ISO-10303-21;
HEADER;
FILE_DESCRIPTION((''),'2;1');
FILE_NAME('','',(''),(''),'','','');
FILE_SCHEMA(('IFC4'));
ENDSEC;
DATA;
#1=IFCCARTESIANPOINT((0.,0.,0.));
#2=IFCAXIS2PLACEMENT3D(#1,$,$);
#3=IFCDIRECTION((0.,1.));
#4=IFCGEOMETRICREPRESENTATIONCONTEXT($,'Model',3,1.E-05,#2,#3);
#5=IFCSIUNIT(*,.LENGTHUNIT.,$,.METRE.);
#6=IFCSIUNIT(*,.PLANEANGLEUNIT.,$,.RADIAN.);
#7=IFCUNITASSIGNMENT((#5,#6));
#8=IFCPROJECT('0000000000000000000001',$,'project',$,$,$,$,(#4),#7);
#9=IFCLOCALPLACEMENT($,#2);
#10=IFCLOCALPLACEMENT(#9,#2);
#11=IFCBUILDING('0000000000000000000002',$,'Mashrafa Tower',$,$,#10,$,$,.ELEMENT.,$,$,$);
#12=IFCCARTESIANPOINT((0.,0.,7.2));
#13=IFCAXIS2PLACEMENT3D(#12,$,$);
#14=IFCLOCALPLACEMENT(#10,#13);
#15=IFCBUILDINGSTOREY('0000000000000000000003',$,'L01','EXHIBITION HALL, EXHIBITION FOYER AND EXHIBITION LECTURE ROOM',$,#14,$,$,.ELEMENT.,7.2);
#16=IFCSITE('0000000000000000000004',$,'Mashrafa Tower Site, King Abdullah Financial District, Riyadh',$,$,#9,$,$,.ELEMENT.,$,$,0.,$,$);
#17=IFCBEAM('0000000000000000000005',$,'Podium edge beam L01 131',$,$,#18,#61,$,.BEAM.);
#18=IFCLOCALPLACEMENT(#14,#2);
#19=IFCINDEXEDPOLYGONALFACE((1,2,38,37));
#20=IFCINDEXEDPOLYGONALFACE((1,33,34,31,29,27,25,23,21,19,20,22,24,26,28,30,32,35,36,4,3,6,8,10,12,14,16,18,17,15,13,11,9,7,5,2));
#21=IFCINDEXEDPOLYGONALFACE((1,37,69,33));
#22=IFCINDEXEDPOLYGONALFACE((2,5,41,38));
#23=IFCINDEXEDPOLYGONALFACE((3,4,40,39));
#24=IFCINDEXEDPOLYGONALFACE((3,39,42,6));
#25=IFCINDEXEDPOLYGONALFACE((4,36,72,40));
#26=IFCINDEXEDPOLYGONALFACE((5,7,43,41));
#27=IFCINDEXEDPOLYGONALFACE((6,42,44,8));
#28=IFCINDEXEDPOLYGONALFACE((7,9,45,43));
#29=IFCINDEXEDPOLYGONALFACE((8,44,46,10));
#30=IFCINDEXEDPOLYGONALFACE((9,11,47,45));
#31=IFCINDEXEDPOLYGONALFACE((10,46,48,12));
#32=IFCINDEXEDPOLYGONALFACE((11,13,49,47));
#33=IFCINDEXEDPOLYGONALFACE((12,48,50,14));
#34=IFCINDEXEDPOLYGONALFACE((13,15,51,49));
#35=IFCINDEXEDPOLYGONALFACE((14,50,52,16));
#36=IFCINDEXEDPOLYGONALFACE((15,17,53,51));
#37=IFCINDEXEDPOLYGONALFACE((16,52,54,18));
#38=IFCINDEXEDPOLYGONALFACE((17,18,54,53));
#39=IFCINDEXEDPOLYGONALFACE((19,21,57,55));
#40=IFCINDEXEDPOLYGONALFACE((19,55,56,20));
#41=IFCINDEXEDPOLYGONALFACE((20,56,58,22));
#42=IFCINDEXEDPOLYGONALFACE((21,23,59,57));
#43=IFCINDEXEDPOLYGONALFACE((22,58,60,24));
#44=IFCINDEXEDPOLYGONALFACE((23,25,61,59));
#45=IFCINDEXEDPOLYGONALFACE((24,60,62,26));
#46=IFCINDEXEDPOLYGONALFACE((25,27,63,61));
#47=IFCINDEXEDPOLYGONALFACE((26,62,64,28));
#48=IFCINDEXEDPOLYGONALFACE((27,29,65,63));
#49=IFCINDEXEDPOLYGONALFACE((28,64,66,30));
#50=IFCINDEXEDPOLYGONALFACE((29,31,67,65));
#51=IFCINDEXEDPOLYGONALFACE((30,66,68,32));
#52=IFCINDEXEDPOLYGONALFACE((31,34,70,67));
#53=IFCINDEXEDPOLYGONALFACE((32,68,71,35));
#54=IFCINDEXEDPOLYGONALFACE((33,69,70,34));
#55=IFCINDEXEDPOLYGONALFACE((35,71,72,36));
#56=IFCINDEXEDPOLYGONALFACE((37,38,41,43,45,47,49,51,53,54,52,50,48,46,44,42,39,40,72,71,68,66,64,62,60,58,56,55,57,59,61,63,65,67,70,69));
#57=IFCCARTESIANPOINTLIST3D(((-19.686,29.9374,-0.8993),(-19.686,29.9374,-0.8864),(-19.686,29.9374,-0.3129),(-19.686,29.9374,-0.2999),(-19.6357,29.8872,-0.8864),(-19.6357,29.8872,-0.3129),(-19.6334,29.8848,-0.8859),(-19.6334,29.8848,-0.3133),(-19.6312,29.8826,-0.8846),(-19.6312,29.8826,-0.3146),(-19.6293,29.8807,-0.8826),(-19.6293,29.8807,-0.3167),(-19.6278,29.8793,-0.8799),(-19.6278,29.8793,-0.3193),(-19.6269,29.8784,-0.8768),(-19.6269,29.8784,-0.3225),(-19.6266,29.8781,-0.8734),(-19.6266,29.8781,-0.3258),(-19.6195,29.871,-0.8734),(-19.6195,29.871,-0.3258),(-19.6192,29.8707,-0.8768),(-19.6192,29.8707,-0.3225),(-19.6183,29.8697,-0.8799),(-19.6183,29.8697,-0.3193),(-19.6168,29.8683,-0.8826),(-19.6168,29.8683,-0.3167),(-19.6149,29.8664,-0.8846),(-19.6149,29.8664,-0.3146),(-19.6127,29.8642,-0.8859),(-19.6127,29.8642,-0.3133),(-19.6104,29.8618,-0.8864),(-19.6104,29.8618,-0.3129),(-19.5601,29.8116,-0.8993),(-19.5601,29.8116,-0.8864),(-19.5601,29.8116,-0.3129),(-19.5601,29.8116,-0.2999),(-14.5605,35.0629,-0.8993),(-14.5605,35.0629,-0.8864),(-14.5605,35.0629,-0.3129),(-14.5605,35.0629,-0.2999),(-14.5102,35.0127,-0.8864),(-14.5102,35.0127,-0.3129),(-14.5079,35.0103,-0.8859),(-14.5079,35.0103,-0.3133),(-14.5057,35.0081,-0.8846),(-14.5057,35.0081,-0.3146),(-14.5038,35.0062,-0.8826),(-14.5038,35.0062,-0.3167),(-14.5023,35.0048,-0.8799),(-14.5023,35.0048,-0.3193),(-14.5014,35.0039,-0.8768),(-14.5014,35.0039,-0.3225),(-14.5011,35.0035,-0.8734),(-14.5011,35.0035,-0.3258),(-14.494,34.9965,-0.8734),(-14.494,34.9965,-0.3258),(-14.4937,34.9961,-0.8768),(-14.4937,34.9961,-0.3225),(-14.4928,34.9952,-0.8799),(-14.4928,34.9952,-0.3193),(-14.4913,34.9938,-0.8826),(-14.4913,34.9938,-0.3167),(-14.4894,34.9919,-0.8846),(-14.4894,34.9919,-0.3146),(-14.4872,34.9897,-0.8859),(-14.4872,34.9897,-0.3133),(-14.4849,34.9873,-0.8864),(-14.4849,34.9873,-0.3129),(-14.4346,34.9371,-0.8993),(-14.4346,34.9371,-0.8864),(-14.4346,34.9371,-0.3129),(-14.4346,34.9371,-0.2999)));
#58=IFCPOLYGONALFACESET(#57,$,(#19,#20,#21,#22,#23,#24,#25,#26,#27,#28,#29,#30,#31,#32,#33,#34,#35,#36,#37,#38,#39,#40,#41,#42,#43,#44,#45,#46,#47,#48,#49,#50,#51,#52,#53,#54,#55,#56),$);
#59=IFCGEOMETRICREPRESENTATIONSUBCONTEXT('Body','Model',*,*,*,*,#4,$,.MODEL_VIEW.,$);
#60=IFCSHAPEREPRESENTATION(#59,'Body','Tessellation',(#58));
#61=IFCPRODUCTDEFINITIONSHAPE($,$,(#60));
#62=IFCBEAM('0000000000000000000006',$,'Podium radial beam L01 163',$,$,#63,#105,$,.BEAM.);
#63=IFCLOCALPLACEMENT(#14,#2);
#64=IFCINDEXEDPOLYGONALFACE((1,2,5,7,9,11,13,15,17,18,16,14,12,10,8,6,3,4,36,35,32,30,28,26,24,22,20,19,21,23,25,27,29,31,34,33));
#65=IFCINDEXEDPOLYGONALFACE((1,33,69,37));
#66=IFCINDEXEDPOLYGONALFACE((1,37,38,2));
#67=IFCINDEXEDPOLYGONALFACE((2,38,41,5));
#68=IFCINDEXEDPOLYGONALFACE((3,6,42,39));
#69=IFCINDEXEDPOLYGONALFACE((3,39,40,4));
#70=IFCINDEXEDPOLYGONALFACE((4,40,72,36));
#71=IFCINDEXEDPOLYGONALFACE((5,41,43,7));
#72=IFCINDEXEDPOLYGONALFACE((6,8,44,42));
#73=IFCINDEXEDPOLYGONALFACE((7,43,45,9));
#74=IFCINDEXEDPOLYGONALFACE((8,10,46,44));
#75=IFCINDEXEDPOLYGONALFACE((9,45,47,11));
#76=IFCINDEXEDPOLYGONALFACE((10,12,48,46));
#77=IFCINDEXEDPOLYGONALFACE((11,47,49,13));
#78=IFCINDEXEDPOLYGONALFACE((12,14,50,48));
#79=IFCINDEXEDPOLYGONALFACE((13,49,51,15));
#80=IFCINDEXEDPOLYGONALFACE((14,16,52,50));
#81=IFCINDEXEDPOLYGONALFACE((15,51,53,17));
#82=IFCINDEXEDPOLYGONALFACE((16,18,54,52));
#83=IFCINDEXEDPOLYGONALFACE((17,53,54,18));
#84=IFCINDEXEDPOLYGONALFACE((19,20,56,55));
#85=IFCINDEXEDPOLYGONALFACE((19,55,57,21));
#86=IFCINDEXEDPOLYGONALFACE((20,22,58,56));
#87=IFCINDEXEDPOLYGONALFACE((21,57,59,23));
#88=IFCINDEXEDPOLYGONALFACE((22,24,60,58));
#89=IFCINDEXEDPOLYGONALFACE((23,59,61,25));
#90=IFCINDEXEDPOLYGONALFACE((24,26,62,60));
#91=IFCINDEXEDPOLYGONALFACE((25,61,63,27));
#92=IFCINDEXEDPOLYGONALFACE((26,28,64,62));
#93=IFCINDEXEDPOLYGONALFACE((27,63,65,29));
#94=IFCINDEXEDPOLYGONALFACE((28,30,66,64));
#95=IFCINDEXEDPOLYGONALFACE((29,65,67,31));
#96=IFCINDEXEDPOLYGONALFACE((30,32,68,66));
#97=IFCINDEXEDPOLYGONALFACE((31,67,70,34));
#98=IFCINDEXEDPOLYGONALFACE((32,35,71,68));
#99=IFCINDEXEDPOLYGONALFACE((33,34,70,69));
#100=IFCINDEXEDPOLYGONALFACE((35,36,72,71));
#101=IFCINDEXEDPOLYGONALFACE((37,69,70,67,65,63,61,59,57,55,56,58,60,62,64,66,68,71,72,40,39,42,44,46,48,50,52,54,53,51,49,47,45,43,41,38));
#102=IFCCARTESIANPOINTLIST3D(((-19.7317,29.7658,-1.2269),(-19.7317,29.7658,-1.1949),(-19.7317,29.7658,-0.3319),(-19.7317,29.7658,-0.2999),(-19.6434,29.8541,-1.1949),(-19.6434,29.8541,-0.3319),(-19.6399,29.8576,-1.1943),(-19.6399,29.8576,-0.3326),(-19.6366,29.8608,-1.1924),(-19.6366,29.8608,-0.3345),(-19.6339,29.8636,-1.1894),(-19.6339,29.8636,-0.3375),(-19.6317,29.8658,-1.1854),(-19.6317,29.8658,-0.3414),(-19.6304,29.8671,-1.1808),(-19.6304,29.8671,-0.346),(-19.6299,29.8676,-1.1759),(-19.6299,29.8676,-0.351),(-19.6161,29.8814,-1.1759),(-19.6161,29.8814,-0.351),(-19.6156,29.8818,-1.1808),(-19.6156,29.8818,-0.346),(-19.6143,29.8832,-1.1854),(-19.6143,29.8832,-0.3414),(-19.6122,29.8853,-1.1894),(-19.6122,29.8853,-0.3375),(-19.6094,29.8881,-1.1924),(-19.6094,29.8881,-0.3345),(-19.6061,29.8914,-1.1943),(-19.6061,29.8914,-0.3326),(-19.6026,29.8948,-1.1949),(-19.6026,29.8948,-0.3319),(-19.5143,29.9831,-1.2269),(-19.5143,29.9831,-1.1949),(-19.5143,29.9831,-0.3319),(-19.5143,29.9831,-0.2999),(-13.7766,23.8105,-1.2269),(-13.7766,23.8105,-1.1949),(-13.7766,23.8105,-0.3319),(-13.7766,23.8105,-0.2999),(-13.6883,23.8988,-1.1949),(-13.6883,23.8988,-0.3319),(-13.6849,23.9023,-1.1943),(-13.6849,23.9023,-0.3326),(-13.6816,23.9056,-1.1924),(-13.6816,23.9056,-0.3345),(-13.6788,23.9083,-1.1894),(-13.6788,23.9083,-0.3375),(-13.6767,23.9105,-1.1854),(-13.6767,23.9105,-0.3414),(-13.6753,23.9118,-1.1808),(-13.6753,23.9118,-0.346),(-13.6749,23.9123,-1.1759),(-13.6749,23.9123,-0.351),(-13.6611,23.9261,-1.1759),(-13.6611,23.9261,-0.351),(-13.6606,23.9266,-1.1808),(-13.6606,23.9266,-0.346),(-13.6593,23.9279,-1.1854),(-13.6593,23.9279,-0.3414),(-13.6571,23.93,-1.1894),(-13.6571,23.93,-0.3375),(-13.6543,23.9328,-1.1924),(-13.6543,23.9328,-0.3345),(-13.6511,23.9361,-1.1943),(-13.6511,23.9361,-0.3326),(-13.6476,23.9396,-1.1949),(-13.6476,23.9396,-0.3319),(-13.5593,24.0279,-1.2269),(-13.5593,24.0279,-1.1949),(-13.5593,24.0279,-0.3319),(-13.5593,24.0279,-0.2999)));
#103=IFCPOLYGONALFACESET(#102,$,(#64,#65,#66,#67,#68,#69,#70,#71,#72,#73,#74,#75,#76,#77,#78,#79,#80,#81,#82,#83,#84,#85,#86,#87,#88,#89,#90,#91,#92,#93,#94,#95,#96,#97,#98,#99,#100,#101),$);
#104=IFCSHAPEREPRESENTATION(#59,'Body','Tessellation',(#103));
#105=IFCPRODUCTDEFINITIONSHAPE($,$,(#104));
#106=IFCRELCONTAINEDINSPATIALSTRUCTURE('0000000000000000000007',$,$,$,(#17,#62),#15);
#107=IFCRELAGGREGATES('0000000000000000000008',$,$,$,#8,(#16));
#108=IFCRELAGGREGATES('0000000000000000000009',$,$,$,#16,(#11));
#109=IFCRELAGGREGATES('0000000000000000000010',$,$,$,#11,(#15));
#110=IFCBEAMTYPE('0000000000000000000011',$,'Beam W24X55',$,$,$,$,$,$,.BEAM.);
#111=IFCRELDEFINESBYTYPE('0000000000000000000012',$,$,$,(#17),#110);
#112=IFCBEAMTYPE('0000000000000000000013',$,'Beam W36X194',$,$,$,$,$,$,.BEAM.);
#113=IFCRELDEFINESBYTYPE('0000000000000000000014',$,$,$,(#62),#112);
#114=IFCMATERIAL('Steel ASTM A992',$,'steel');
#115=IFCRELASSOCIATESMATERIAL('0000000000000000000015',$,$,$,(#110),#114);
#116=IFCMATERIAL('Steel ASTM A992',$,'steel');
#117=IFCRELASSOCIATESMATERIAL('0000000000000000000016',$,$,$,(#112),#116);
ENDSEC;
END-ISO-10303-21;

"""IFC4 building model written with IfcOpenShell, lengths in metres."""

from ifc_helpers import new_model, si_unit, direction, frame, origin, origin_2d, place, context, subcontext, project, spatial, i_section, extrude, material, material_profile, profile_set, type_object, element, save


model = new_model("IFC4")

# Units and contexts
model_context = context("Model", 3, precision=1e-05, world=origin(), true_north=direction((0.0, 1.0)))
body_context = subcontext(model_context, "Body", "Model", "MODEL_VIEW")
ifc_project = project(units=[si_unit("LENGTHUNIT", "METRE"), si_unit("PLANEANGLEUNIT", "RADIAN")], contexts=[model_context])

# Site, building, storey
site_placement = place(None, origin())
site = spatial("IfcSite", under=ifc_project, at=site_placement, Name="Mashrafa Tower Site, King Abdullah Financial District, Riyadh", CompositionType="ELEMENT", RefElevation=0.0)
building_placement = place(site_placement, origin())
building = spatial("IfcBuilding", under=site, at=building_placement, Name="Mashrafa Tower", CompositionType="ELEMENT")
storey_placement = place(building_placement, frame((0.0, 0.0, 7.2)))
storey = spatial("IfcBuildingStorey", under=building, at=storey_placement, Name="L01", Description="EXHIBITION HALL, EXHIBITION FOYER AND EXHIBITION LECTURE ROOM", CompositionType="ELEMENT", Elevation=7.2)

# Beams
ifc_material_1 = material(Name="Steel ASTM A992", Category="steel")
ifc_material_profile_1 = material_profile(ifc_material_1, i_section(OverallWidth=0.178, OverallDepth=0.5994, WebThickness=0.01, FlangeThickness=0.0129, FilletRadius=0.0129, at=origin_2d()), Name="W24X55")
ifc_profile_set_1 = profile_set([ifc_material_profile_1], Name="Steel ASTM A992")
beam_type_1 = type_object("IfcBeamType", Name="Beam W24X55", PredefinedType="BEAM", material=ifc_profile_set_1)
beam_1_placement = place(storey_placement, frame((-14.4976, 35.0, -0.5996), z_axis=(-0.707107, -0.707107, 0.0), x_axis=(0.707107, -0.707107, 0.0)))
element("IfcBeam", 1, at=beam_1_placement, inside=storey, type_object=beam_type_1, Name="Podium edge beam L01 131", PredefinedType="BEAM", context=body_context, shape_type="SweptSolid", body=[
    extrude(i_section(OverallWidth=0.178, OverallDepth=0.5994, WebThickness=0.01, FlangeThickness=0.0129, FilletRadius=0.0129, at=origin_2d()), origin(), (0.0, 0.0, 1.0), 7.2485),
])
ifc_material_2 = material(Name="Steel ASTM A992", Category="steel")
ifc_material_profile_2 = material_profile(ifc_material_2, i_section(OverallWidth=0.3074, OverallDepth=0.927, WebThickness=0.0195, FlangeThickness=0.032, FilletRadius=0.019, at=origin_2d()), Name="W36X194")
ifc_profile_set_2 = profile_set([ifc_material_profile_2], Name="Steel ASTM A992")
beam_type_2 = type_object("IfcBeamType", Name="Beam W36X194", PredefinedType="BEAM", material=ifc_profile_set_2)
beam_2_placement = place(storey_placement, frame((-13.668, 23.9192, -0.7634), z_axis=(-0.707092, 0.707121, 0.0), x_axis=(-0.707121, -0.707092, 0.0)))
element("IfcBeam", 2, at=beam_2_placement, inside=storey, type_object=beam_type_2, Name="Podium radial beam L01 163", PredefinedType="BEAM", context=body_context, shape_type="SweptSolid", body=[
    extrude(i_section(OverallWidth=0.3074, OverallDepth=0.927, WebThickness=0.0195, FlangeThickness=0.032, FilletRadius=0.019, at=origin_2d()), origin(), (0.0, 0.0, 1.0), 8.4219),
])

save(model, "model.ifc")
